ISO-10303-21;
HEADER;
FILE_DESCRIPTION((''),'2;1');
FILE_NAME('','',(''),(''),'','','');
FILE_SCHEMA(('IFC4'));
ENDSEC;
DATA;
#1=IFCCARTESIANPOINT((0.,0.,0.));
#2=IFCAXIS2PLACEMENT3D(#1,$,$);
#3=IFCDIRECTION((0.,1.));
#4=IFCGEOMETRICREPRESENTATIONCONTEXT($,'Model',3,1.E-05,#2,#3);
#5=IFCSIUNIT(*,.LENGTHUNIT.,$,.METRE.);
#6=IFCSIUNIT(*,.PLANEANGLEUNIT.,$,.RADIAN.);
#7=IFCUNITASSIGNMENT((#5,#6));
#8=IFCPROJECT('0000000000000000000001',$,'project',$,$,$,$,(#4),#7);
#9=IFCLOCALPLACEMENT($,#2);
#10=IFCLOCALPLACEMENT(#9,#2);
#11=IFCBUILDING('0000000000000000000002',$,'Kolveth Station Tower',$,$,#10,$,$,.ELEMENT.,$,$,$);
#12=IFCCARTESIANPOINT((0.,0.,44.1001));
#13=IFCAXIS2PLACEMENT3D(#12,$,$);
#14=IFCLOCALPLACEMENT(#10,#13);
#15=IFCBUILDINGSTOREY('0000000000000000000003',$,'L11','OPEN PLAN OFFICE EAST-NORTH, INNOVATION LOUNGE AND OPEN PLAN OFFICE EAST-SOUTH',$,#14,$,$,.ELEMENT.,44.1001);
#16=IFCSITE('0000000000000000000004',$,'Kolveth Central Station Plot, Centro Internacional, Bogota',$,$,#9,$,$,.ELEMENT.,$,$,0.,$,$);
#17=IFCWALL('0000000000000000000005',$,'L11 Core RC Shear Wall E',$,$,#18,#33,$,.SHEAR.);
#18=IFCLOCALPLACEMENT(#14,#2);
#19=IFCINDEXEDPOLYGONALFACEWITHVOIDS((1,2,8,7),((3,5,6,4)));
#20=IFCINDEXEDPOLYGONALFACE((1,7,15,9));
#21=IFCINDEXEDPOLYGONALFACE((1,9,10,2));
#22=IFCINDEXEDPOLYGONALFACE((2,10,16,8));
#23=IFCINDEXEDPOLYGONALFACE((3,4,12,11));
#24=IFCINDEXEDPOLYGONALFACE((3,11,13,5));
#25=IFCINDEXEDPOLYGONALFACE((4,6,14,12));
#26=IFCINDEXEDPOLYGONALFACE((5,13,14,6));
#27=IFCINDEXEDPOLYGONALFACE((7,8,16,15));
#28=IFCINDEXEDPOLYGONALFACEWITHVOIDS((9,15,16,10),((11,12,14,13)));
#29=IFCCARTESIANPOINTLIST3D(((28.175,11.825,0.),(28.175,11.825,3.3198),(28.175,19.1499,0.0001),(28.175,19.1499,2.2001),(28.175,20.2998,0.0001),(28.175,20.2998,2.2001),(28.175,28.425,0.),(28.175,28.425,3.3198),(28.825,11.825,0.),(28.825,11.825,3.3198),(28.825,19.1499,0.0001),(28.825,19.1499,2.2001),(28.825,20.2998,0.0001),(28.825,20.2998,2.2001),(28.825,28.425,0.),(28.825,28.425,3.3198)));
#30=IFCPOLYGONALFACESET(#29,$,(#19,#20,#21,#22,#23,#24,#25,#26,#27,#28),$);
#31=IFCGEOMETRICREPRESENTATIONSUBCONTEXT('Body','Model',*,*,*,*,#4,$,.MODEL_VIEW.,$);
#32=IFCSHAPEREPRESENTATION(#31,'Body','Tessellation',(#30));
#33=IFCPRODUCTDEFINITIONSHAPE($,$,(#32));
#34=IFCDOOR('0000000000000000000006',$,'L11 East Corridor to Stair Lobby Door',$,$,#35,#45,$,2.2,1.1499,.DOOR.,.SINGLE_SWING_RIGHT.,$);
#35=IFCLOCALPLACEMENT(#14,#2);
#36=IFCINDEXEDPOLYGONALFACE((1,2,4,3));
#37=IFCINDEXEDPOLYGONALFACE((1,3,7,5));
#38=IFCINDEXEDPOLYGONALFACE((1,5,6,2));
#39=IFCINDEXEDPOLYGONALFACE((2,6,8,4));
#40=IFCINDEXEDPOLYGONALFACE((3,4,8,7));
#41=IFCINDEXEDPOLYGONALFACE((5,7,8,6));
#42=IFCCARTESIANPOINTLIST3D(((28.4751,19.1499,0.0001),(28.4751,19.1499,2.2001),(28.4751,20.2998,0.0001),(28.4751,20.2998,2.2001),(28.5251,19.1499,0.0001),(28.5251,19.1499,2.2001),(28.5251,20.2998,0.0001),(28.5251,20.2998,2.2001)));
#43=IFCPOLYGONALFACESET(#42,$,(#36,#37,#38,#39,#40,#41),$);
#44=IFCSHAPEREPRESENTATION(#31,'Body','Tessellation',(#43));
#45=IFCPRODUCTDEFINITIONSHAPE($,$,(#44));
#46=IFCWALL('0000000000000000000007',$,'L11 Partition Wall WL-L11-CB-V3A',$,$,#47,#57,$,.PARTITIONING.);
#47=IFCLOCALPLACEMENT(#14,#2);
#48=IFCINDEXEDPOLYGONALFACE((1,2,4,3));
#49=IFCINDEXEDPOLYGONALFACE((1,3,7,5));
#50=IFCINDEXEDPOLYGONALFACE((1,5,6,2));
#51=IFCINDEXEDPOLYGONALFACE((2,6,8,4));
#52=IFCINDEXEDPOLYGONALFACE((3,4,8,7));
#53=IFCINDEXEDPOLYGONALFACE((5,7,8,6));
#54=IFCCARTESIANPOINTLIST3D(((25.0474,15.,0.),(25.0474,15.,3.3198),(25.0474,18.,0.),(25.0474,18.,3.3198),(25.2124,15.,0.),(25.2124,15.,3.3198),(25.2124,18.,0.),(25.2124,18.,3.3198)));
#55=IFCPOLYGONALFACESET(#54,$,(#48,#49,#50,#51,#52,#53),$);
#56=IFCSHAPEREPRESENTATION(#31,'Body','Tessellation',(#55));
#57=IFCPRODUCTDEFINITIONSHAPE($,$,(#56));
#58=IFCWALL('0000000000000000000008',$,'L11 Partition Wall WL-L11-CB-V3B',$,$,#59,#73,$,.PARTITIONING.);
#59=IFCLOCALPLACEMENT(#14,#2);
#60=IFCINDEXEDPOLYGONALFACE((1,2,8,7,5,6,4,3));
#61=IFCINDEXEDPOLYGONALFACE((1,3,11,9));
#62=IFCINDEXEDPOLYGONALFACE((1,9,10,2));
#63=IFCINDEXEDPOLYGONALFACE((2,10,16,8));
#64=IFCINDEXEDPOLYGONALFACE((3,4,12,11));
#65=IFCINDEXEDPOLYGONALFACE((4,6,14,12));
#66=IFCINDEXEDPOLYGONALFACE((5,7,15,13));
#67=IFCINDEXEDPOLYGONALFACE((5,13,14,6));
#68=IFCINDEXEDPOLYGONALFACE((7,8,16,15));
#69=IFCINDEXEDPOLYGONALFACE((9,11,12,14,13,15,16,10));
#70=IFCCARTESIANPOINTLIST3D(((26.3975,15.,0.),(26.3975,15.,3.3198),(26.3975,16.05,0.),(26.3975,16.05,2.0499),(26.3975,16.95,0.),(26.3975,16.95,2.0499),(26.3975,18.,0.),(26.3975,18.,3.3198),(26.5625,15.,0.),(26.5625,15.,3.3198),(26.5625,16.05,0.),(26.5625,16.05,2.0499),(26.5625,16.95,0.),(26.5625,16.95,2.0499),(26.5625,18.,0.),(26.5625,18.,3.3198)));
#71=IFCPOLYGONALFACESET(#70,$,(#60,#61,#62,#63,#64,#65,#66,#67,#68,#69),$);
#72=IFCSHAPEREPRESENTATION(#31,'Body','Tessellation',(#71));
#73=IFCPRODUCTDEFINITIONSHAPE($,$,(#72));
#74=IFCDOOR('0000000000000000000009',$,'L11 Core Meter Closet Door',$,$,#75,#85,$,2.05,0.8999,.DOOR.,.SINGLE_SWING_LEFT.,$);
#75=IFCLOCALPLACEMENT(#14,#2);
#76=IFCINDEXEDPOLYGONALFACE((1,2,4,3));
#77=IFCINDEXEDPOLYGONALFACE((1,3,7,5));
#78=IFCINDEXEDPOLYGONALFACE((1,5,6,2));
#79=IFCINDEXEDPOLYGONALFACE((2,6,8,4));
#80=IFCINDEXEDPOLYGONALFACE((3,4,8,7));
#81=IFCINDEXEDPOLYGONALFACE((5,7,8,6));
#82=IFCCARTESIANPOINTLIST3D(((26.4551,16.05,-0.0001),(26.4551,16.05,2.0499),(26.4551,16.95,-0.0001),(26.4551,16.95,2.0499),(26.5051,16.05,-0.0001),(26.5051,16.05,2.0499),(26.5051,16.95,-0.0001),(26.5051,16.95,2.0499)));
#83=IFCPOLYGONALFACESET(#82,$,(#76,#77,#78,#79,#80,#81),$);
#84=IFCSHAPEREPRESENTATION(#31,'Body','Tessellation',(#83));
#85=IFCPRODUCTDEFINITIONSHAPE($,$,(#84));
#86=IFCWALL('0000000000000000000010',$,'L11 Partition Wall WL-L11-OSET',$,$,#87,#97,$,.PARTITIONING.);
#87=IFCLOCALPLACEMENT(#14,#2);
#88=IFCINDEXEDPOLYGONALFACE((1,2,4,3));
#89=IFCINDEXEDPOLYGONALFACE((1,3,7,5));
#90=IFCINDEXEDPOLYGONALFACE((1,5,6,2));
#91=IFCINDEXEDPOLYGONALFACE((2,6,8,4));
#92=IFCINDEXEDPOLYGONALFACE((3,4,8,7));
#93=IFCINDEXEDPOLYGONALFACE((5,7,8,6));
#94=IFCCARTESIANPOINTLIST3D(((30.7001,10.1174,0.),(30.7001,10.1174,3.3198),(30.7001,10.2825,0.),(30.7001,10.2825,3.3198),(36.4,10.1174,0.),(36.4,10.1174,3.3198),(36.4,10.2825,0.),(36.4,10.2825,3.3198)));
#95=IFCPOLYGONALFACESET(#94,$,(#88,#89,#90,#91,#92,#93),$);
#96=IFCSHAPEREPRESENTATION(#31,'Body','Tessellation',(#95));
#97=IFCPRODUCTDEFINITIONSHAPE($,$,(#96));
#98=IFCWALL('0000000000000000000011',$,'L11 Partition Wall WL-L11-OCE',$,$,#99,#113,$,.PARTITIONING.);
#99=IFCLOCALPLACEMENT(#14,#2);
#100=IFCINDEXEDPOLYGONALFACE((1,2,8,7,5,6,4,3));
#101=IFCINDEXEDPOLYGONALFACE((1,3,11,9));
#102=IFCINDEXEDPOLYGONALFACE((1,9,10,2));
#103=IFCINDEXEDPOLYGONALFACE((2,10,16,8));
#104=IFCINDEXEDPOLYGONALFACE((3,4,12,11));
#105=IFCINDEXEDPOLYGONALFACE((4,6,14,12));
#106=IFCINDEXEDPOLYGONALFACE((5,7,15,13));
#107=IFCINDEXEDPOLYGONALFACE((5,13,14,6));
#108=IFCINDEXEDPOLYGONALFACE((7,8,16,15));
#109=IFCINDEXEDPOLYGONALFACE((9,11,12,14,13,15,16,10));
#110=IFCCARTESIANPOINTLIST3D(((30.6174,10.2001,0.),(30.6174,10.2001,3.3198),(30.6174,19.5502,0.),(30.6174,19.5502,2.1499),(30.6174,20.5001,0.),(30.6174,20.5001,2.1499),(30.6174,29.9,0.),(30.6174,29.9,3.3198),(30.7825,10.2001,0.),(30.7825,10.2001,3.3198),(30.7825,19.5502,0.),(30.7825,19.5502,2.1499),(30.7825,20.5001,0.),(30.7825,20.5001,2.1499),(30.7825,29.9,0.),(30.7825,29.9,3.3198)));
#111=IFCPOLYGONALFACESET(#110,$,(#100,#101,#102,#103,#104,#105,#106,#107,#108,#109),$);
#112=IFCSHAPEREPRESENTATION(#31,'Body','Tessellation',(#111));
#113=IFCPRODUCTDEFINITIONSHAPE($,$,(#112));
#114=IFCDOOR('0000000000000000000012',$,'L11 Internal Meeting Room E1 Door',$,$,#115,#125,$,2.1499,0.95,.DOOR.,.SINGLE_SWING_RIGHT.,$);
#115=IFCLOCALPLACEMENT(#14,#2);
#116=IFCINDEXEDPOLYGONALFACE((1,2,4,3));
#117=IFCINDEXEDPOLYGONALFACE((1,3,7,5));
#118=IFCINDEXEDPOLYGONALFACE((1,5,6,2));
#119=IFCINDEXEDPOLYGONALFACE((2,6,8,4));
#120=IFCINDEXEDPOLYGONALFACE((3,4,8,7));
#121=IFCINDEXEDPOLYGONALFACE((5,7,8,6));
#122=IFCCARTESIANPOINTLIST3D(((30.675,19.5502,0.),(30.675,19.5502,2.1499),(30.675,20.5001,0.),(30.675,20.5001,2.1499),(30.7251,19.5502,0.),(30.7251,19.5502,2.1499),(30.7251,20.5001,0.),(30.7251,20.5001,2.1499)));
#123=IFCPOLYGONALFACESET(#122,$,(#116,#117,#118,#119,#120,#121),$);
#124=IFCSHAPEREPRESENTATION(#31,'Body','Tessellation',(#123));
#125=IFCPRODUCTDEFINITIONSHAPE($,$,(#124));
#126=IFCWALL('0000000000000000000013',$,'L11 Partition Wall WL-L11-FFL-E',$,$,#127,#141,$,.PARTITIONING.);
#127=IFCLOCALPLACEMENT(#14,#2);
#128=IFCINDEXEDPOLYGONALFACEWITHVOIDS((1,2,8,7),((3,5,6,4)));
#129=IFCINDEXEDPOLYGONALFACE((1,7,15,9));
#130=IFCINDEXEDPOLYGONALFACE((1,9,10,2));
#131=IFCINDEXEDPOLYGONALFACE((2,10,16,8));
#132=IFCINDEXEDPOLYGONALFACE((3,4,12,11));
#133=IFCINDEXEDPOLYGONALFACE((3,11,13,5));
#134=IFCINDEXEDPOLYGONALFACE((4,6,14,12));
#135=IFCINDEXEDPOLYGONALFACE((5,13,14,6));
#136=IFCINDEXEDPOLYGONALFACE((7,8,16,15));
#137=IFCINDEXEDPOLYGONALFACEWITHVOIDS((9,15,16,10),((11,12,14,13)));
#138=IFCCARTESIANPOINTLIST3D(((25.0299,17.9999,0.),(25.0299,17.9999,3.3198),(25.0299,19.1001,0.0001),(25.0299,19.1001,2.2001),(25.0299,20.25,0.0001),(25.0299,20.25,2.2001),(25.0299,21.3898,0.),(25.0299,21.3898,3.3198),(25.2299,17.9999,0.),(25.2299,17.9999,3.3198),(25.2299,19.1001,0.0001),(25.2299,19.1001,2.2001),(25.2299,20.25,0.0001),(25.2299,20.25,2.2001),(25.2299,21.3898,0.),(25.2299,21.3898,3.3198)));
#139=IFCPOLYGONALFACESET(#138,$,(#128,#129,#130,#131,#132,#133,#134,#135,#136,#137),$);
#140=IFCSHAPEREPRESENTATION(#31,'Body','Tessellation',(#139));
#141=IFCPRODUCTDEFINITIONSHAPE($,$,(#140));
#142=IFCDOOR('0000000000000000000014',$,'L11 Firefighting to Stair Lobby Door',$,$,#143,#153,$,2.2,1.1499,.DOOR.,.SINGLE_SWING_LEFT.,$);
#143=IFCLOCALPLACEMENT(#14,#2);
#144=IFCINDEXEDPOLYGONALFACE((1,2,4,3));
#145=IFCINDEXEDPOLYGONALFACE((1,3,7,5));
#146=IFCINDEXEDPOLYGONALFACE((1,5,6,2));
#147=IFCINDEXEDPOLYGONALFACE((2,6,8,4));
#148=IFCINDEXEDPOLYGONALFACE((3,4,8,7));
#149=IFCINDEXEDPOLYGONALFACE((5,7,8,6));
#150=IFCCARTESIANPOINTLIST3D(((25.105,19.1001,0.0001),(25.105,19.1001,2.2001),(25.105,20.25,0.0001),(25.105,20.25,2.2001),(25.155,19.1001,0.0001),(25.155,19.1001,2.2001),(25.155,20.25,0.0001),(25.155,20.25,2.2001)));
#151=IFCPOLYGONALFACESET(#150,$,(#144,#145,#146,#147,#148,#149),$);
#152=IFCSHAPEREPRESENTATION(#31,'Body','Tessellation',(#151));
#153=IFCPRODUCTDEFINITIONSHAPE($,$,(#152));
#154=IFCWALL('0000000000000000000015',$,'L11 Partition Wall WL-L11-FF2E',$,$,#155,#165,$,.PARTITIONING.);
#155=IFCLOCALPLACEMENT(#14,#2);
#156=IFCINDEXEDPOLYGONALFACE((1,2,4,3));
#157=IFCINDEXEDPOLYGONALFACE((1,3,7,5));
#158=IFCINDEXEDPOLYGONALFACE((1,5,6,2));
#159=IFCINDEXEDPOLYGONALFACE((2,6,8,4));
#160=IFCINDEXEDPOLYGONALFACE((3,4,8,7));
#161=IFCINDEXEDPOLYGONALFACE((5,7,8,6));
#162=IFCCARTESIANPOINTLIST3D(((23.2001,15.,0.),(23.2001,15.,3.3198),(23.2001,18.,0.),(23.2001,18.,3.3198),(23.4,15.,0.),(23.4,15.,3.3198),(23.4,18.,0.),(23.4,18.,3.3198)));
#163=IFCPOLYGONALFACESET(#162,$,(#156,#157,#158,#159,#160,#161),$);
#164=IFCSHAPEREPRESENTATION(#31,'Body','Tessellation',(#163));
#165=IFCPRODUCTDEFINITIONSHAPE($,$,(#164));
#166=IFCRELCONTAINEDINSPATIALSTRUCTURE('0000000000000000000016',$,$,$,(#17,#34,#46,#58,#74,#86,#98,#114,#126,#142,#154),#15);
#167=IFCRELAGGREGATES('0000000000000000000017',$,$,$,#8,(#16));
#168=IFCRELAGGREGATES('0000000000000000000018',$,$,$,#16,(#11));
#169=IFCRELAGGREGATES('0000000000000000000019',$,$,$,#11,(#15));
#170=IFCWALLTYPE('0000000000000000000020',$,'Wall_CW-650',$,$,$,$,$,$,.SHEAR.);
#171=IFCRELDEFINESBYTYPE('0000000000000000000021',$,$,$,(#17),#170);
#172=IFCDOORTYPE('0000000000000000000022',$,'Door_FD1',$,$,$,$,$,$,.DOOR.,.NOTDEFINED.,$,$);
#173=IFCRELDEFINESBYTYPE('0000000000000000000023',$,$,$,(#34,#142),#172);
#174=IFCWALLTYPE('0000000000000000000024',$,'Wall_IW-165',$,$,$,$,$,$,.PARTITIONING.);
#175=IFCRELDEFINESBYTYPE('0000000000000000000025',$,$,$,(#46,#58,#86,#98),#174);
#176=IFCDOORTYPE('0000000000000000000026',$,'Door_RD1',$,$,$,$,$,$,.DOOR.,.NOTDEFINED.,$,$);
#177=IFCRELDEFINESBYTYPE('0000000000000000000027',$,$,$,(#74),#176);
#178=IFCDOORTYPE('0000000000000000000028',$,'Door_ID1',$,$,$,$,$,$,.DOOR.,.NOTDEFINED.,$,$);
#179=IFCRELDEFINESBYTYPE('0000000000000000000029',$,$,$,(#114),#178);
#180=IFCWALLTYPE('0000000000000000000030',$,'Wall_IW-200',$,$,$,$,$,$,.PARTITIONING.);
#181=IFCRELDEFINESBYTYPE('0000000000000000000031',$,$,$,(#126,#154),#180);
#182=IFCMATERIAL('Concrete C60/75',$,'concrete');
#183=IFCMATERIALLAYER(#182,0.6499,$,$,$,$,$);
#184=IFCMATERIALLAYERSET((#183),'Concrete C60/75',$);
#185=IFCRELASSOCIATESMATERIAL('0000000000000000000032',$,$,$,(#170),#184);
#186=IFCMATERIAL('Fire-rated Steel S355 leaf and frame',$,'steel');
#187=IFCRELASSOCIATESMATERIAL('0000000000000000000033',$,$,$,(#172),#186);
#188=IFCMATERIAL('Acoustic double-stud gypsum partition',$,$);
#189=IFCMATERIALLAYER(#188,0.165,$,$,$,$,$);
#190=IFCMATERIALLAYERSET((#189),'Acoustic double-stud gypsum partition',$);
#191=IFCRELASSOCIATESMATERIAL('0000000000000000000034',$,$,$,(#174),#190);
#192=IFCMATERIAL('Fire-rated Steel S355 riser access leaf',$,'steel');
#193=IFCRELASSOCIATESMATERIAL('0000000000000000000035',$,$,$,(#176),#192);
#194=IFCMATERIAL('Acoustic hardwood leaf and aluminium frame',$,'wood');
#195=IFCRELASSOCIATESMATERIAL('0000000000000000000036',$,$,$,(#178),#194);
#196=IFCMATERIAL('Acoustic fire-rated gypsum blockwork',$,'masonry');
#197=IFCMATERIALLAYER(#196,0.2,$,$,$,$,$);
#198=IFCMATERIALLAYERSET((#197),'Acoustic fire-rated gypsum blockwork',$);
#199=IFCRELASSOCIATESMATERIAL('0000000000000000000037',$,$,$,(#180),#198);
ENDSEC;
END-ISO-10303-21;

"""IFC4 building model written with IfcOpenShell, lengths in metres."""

from ifc_helpers import new_model, si_unit, direction, frame, frame_2d, origin, place, context, subcontext, project, spatial, rectangle, extrude, material, layer, layer_set, type_object, element, fill, save


model = new_model("IFC4")

# Units and contexts
model_context = context("Model", 3, precision=1e-05, world=origin(), true_north=direction((0.0, 1.0)))
body_context = subcontext(model_context, "Body", "Model", "MODEL_VIEW")
ifc_project = project(units=[si_unit("LENGTHUNIT", "METRE"), si_unit("PLANEANGLEUNIT", "RADIAN")], contexts=[model_context])

# Site, building, storey
site_placement = place(None, origin())
site = spatial("IfcSite", under=ifc_project, at=site_placement, Name="Kolveth Central Station Plot, Centro Internacional, Bogota", CompositionType="ELEMENT", RefElevation=0.0)
building_placement = place(site_placement, origin())
building = spatial("IfcBuilding", under=site, at=building_placement, Name="Kolveth Station Tower", CompositionType="ELEMENT")
storey_placement = place(building_placement, frame((0.0, 0.0, 44.1001)))
storey = spatial("IfcBuildingStorey", under=building, at=storey_placement, Name="L11", Description="OPEN PLAN OFFICE EAST-NORTH, INNOVATION LOUNGE AND OPEN PLAN OFFICE EAST-SOUTH", CompositionType="ELEMENT", Elevation=44.1001)

# Wall, opening, door
ifc_material_1 = material(Name="Concrete C60/75", Category="concrete")
ifc_layer_1 = layer(ifc_material_1, 0.6499)
ifc_layer_set_1 = layer_set([ifc_layer_1], Name="Concrete C60/75")
wall_type_1 = type_object("IfcWallType", Name="Wall_CW-650", PredefinedType="SHEAR", material=ifc_layer_set_1)
wall_1_placement = place(storey_placement, frame((28.5, 11.825, 0.0), z_axis=(0.0, 0.0, 1.0), x_axis=(0.0, 1.0, 0.0)))
wall_1 = element("IfcWall", 1, at=wall_1_placement, inside=storey, type_object=wall_type_1, Name="L11 Core RC Shear Wall E", PredefinedType="SHEAR", context=body_context, shape_type="SweptSolid", body=[
    extrude(rectangle(XDim=16.6001, YDim=0.6499, at=frame_2d((8.3, 0.0))), origin(), (0.0, 0.0, 1.0), 3.3198),
])
opening_1_placement = place(wall_1_placement, frame((7.325, 0.0, 0.0)))
opening_1 = element("IfcOpeningElement", 2, at=opening_1_placement, cuts=wall_1, PredefinedType="OPENING", context=body_context, shape_type="SweptSolid", body=[
    extrude(rectangle(XDim=1.1499, YDim=2.2, at=frame_2d((0.575, 1.1001))), frame((0.0, 0.335, 0.0), z_axis=(0.0, -1.0, 0.0), x_axis=(1.0, 0.0, 0.0)), (0.0, 0.0, 1.0), 0.6699),
])
ifc_material_2 = material(Name="Fire-rated Steel S355 leaf and frame", Category="steel")
door_type_1 = type_object("IfcDoorType", Name="Door_FD1", OperationType="NOTDEFINED", PredefinedType="DOOR", material=ifc_material_2)
door_1_placement = place(opening_1_placement, origin())
door_1 = element("IfcDoor", 3, at=door_1_placement, inside=storey, type_object=door_type_1, Name="L11 East Corridor to Stair Lobby Door", OperationType="SINGLE_SWING_RIGHT", OverallHeight=2.2, OverallWidth=1.1499, PredefinedType="DOOR", context=body_context, shape_type="SweptSolid", body=[
    extrude(rectangle(XDim=1.1499, YDim=2.2, at=frame_2d((0.575, 1.1001))), frame((0.0, 0.0249, 0.0), z_axis=(0.0, -1.0, 0.0), x_axis=(1.0, 0.0, 0.0)), (0.0, 0.0, 1.0), 0.05),
])
fill(opening_1, door_1)

# Wall
ifc_material_3 = material(Name="Acoustic double-stud gypsum partition")
ifc_layer_2 = layer(ifc_material_3, 0.165)
ifc_layer_set_2 = layer_set([ifc_layer_2], Name="Acoustic double-stud gypsum partition")
wall_type_2 = type_object("IfcWallType", Name="Wall_IW-165", PredefinedType="PARTITIONING", material=ifc_layer_set_2)
wall_2_placement = place(storey_placement, frame((25.1299, 15.0, 0.0), z_axis=(0.0, 0.0, 1.0), x_axis=(0.0, 1.0, 0.0)))
element("IfcWall", 4, at=wall_2_placement, inside=storey, type_object=wall_type_2, Name="L11 Partition Wall WL-L11-CB-V3A", PredefinedType="PARTITIONING", context=body_context, shape_type="SweptSolid", body=[
    extrude(rectangle(XDim=3.0, YDim=0.165, at=frame_2d((1.5, 0.0))), origin(), (0.0, 0.0, 1.0), 3.3198),
])

# Wall, opening, door
wall_3_placement = place(storey_placement, frame((26.48, 15.0, 0.0), z_axis=(0.0, 0.0, 1.0), x_axis=(0.0, 1.0, 0.0)))
wall_3 = element("IfcWall", 5, at=wall_3_placement, inside=storey, type_object=wall_type_2, Name="L11 Partition Wall WL-L11-CB-V3B", PredefinedType="PARTITIONING", context=body_context, shape_type="SweptSolid", body=[
    extrude(rectangle(XDim=3.0, YDim=0.165, at=frame_2d((1.5, 0.0))), origin(), (0.0, 0.0, 1.0), 3.3198),
])
opening_2_placement = place(wall_3_placement, frame((1.05, 0.0, 0.0)))
opening_2 = element("IfcOpeningElement", 6, at=opening_2_placement, cuts=wall_3, PredefinedType="OPENING", context=body_context, shape_type="SweptSolid", body=[
    extrude(rectangle(XDim=0.8999, YDim=2.05, at=frame_2d((0.45, 1.0249))), frame((0.0, 0.0925, 0.0), z_axis=(0.0, -1.0, 0.0), x_axis=(1.0, 0.0, 0.0)), (0.0, 0.0, 1.0), 0.1851),
])
ifc_material_4 = material(Name="Fire-rated Steel S355 riser access leaf", Category="steel")
door_type_2 = type_object("IfcDoorType", Name="Door_RD1", OperationType="NOTDEFINED", PredefinedType="DOOR", material=ifc_material_4)
door_2_placement = place(opening_2_placement, origin())
door_2 = element("IfcDoor", 7, at=door_2_placement, inside=storey, type_object=door_type_2, Name="L11 Core Meter Closet Door", OperationType="SINGLE_SWING_LEFT", OverallHeight=2.05, OverallWidth=0.8999, PredefinedType="DOOR", context=body_context, shape_type="SweptSolid", body=[
    extrude(rectangle(XDim=0.8999, YDim=2.05, at=frame_2d((0.45, 1.0249))), frame((0.0, 0.0249, 0.0), z_axis=(0.0, -1.0, 0.0), x_axis=(1.0, 0.0, 0.0)), (0.0, 0.0, 1.0), 0.05),
])
fill(opening_2, door_2)

# Wall
wall_4_placement = place(storey_placement, frame((30.7, 10.2, 0.0), z_axis=(0.0, 0.0, 1.0), x_axis=(1.0, 0.0, 0.0)))
element("IfcWall", 8, at=wall_4_placement, inside=storey, type_object=wall_type_2, Name="L11 Partition Wall WL-L11-OSET", PredefinedType="PARTITIONING", context=body_context, shape_type="SweptSolid", body=[
    extrude(rectangle(XDim=5.7, YDim=0.165, at=frame_2d((2.8501, 0.0))), origin(), (0.0, 0.0, 1.0), 3.3198),
])

# Walls, openings, doors
wall_5_placement = place(storey_placement, frame((30.7, 10.2, 0.0), z_axis=(0.0, 0.0, 1.0), x_axis=(0.0, 1.0, 0.0)))
wall_5 = element("IfcWall", 9, at=wall_5_placement, inside=storey, type_object=wall_type_2, Name="L11 Partition Wall WL-L11-OCE", PredefinedType="PARTITIONING", context=body_context, shape_type="SweptSolid", body=[
    extrude(rectangle(XDim=19.7, YDim=0.165, at=frame_2d((9.8501, 0.0))), origin(), (0.0, 0.0, 1.0), 3.3198),
])
opening_3_placement = place(wall_5_placement, frame((9.3501, 0.0, 0.0)))
opening_3 = element("IfcOpeningElement", 10, at=opening_3_placement, cuts=wall_5, PredefinedType="OPENING", context=body_context, shape_type="SweptSolid", body=[
    extrude(rectangle(XDim=0.95, YDim=2.1499, at=frame_2d((0.4751, 1.075))), frame((0.0, 0.0925, 0.0), z_axis=(0.0, -1.0, 0.0), x_axis=(1.0, 0.0, 0.0)), (0.0, 0.0, 1.0), 0.1851),
])
ifc_material_5 = material(Name="Acoustic hardwood leaf and aluminium frame", Category="wood")
door_type_3 = type_object("IfcDoorType", Name="Door_ID1", OperationType="NOTDEFINED", PredefinedType="DOOR", material=ifc_material_5)
door_3_placement = place(opening_3_placement, origin())
door_3 = element("IfcDoor", 11, at=door_3_placement, inside=storey, type_object=door_type_3, Name="L11 Internal Meeting Room E1 Door", OperationType="SINGLE_SWING_RIGHT", OverallHeight=2.1499, OverallWidth=0.95, PredefinedType="DOOR", context=body_context, shape_type="SweptSolid", body=[
    extrude(rectangle(XDim=0.95, YDim=2.1499, at=frame_2d((0.4751, 1.075))), frame((0.0, 0.0249, 0.0), z_axis=(0.0, -1.0, 0.0), x_axis=(1.0, 0.0, 0.0)), (0.0, 0.0, 1.0), 0.05),
])
fill(opening_3, door_3)
ifc_material_6 = material(Name="Acoustic fire-rated gypsum blockwork", Category="masonry")
ifc_layer_3 = layer(ifc_material_6, 0.2)
ifc_layer_set_3 = layer_set([ifc_layer_3], Name="Acoustic fire-rated gypsum blockwork")
wall_type_3 = type_object("IfcWallType", Name="Wall_IW-200", PredefinedType="PARTITIONING", material=ifc_layer_set_3)
wall_6_placement = place(storey_placement, frame((25.1299, 18.0, 0.0), z_axis=(0.0, 0.0, 1.0), x_axis=(0.0, 1.0, 0.0)))
wall_6 = element("IfcWall", 12, at=wall_6_placement, inside=storey, type_object=wall_type_3, Name="L11 Partition Wall WL-L11-FFL-E", PredefinedType="PARTITIONING", context=body_context, shape_type="SweptSolid", body=[
    extrude(rectangle(XDim=3.3899, YDim=0.2, at=frame_2d((1.6948, 0.0))), origin(), (0.0, 0.0, 1.0), 3.3198),
])
opening_4_placement = place(wall_6_placement, frame((1.1001, 0.0, 0.0)))
opening_4 = element("IfcOpeningElement", 13, at=opening_4_placement, cuts=wall_6, PredefinedType="OPENING", context=body_context, shape_type="SweptSolid", body=[
    extrude(rectangle(XDim=1.1499, YDim=2.2, at=frame_2d((0.575, 1.1001))), frame((0.0, 0.1099, 0.0), z_axis=(0.0, -1.0, 0.0), x_axis=(1.0, 0.0, 0.0)), (0.0, 0.0, 1.0), 0.22),
])
door_4_placement = place(opening_4_placement, origin())
door_4 = element("IfcDoor", 14, at=door_4_placement, inside=storey, type_object=door_type_1, Name="L11 Firefighting to Stair Lobby Door", OperationType="SINGLE_SWING_LEFT", OverallHeight=2.2, OverallWidth=1.1499, PredefinedType="DOOR", context=body_context, shape_type="SweptSolid", body=[
    extrude(rectangle(XDim=1.1499, YDim=2.2, at=frame_2d((0.575, 1.1001))), frame((0.0, 0.0249, 0.0), z_axis=(0.0, -1.0, 0.0), x_axis=(1.0, 0.0, 0.0)), (0.0, 0.0, 1.0), 0.05),
])
fill(opening_4, door_4)

# Wall
wall_7_placement = place(storey_placement, frame((23.3, 15.0, 0.0), z_axis=(0.0, 0.0, 1.0), x_axis=(0.0, 1.0, 0.0)))
element("IfcWall", 15, at=wall_7_placement, inside=storey, type_object=wall_type_3, Name="L11 Partition Wall WL-L11-FF2E", PredefinedType="PARTITIONING", context=body_context, shape_type="SweptSolid", body=[
    extrude(rectangle(XDim=3.0, YDim=0.2, at=frame_2d((1.5, 0.0))), origin(), (0.0, 0.0, 1.0), 3.3198),
])

save(model, "model.ifc")
